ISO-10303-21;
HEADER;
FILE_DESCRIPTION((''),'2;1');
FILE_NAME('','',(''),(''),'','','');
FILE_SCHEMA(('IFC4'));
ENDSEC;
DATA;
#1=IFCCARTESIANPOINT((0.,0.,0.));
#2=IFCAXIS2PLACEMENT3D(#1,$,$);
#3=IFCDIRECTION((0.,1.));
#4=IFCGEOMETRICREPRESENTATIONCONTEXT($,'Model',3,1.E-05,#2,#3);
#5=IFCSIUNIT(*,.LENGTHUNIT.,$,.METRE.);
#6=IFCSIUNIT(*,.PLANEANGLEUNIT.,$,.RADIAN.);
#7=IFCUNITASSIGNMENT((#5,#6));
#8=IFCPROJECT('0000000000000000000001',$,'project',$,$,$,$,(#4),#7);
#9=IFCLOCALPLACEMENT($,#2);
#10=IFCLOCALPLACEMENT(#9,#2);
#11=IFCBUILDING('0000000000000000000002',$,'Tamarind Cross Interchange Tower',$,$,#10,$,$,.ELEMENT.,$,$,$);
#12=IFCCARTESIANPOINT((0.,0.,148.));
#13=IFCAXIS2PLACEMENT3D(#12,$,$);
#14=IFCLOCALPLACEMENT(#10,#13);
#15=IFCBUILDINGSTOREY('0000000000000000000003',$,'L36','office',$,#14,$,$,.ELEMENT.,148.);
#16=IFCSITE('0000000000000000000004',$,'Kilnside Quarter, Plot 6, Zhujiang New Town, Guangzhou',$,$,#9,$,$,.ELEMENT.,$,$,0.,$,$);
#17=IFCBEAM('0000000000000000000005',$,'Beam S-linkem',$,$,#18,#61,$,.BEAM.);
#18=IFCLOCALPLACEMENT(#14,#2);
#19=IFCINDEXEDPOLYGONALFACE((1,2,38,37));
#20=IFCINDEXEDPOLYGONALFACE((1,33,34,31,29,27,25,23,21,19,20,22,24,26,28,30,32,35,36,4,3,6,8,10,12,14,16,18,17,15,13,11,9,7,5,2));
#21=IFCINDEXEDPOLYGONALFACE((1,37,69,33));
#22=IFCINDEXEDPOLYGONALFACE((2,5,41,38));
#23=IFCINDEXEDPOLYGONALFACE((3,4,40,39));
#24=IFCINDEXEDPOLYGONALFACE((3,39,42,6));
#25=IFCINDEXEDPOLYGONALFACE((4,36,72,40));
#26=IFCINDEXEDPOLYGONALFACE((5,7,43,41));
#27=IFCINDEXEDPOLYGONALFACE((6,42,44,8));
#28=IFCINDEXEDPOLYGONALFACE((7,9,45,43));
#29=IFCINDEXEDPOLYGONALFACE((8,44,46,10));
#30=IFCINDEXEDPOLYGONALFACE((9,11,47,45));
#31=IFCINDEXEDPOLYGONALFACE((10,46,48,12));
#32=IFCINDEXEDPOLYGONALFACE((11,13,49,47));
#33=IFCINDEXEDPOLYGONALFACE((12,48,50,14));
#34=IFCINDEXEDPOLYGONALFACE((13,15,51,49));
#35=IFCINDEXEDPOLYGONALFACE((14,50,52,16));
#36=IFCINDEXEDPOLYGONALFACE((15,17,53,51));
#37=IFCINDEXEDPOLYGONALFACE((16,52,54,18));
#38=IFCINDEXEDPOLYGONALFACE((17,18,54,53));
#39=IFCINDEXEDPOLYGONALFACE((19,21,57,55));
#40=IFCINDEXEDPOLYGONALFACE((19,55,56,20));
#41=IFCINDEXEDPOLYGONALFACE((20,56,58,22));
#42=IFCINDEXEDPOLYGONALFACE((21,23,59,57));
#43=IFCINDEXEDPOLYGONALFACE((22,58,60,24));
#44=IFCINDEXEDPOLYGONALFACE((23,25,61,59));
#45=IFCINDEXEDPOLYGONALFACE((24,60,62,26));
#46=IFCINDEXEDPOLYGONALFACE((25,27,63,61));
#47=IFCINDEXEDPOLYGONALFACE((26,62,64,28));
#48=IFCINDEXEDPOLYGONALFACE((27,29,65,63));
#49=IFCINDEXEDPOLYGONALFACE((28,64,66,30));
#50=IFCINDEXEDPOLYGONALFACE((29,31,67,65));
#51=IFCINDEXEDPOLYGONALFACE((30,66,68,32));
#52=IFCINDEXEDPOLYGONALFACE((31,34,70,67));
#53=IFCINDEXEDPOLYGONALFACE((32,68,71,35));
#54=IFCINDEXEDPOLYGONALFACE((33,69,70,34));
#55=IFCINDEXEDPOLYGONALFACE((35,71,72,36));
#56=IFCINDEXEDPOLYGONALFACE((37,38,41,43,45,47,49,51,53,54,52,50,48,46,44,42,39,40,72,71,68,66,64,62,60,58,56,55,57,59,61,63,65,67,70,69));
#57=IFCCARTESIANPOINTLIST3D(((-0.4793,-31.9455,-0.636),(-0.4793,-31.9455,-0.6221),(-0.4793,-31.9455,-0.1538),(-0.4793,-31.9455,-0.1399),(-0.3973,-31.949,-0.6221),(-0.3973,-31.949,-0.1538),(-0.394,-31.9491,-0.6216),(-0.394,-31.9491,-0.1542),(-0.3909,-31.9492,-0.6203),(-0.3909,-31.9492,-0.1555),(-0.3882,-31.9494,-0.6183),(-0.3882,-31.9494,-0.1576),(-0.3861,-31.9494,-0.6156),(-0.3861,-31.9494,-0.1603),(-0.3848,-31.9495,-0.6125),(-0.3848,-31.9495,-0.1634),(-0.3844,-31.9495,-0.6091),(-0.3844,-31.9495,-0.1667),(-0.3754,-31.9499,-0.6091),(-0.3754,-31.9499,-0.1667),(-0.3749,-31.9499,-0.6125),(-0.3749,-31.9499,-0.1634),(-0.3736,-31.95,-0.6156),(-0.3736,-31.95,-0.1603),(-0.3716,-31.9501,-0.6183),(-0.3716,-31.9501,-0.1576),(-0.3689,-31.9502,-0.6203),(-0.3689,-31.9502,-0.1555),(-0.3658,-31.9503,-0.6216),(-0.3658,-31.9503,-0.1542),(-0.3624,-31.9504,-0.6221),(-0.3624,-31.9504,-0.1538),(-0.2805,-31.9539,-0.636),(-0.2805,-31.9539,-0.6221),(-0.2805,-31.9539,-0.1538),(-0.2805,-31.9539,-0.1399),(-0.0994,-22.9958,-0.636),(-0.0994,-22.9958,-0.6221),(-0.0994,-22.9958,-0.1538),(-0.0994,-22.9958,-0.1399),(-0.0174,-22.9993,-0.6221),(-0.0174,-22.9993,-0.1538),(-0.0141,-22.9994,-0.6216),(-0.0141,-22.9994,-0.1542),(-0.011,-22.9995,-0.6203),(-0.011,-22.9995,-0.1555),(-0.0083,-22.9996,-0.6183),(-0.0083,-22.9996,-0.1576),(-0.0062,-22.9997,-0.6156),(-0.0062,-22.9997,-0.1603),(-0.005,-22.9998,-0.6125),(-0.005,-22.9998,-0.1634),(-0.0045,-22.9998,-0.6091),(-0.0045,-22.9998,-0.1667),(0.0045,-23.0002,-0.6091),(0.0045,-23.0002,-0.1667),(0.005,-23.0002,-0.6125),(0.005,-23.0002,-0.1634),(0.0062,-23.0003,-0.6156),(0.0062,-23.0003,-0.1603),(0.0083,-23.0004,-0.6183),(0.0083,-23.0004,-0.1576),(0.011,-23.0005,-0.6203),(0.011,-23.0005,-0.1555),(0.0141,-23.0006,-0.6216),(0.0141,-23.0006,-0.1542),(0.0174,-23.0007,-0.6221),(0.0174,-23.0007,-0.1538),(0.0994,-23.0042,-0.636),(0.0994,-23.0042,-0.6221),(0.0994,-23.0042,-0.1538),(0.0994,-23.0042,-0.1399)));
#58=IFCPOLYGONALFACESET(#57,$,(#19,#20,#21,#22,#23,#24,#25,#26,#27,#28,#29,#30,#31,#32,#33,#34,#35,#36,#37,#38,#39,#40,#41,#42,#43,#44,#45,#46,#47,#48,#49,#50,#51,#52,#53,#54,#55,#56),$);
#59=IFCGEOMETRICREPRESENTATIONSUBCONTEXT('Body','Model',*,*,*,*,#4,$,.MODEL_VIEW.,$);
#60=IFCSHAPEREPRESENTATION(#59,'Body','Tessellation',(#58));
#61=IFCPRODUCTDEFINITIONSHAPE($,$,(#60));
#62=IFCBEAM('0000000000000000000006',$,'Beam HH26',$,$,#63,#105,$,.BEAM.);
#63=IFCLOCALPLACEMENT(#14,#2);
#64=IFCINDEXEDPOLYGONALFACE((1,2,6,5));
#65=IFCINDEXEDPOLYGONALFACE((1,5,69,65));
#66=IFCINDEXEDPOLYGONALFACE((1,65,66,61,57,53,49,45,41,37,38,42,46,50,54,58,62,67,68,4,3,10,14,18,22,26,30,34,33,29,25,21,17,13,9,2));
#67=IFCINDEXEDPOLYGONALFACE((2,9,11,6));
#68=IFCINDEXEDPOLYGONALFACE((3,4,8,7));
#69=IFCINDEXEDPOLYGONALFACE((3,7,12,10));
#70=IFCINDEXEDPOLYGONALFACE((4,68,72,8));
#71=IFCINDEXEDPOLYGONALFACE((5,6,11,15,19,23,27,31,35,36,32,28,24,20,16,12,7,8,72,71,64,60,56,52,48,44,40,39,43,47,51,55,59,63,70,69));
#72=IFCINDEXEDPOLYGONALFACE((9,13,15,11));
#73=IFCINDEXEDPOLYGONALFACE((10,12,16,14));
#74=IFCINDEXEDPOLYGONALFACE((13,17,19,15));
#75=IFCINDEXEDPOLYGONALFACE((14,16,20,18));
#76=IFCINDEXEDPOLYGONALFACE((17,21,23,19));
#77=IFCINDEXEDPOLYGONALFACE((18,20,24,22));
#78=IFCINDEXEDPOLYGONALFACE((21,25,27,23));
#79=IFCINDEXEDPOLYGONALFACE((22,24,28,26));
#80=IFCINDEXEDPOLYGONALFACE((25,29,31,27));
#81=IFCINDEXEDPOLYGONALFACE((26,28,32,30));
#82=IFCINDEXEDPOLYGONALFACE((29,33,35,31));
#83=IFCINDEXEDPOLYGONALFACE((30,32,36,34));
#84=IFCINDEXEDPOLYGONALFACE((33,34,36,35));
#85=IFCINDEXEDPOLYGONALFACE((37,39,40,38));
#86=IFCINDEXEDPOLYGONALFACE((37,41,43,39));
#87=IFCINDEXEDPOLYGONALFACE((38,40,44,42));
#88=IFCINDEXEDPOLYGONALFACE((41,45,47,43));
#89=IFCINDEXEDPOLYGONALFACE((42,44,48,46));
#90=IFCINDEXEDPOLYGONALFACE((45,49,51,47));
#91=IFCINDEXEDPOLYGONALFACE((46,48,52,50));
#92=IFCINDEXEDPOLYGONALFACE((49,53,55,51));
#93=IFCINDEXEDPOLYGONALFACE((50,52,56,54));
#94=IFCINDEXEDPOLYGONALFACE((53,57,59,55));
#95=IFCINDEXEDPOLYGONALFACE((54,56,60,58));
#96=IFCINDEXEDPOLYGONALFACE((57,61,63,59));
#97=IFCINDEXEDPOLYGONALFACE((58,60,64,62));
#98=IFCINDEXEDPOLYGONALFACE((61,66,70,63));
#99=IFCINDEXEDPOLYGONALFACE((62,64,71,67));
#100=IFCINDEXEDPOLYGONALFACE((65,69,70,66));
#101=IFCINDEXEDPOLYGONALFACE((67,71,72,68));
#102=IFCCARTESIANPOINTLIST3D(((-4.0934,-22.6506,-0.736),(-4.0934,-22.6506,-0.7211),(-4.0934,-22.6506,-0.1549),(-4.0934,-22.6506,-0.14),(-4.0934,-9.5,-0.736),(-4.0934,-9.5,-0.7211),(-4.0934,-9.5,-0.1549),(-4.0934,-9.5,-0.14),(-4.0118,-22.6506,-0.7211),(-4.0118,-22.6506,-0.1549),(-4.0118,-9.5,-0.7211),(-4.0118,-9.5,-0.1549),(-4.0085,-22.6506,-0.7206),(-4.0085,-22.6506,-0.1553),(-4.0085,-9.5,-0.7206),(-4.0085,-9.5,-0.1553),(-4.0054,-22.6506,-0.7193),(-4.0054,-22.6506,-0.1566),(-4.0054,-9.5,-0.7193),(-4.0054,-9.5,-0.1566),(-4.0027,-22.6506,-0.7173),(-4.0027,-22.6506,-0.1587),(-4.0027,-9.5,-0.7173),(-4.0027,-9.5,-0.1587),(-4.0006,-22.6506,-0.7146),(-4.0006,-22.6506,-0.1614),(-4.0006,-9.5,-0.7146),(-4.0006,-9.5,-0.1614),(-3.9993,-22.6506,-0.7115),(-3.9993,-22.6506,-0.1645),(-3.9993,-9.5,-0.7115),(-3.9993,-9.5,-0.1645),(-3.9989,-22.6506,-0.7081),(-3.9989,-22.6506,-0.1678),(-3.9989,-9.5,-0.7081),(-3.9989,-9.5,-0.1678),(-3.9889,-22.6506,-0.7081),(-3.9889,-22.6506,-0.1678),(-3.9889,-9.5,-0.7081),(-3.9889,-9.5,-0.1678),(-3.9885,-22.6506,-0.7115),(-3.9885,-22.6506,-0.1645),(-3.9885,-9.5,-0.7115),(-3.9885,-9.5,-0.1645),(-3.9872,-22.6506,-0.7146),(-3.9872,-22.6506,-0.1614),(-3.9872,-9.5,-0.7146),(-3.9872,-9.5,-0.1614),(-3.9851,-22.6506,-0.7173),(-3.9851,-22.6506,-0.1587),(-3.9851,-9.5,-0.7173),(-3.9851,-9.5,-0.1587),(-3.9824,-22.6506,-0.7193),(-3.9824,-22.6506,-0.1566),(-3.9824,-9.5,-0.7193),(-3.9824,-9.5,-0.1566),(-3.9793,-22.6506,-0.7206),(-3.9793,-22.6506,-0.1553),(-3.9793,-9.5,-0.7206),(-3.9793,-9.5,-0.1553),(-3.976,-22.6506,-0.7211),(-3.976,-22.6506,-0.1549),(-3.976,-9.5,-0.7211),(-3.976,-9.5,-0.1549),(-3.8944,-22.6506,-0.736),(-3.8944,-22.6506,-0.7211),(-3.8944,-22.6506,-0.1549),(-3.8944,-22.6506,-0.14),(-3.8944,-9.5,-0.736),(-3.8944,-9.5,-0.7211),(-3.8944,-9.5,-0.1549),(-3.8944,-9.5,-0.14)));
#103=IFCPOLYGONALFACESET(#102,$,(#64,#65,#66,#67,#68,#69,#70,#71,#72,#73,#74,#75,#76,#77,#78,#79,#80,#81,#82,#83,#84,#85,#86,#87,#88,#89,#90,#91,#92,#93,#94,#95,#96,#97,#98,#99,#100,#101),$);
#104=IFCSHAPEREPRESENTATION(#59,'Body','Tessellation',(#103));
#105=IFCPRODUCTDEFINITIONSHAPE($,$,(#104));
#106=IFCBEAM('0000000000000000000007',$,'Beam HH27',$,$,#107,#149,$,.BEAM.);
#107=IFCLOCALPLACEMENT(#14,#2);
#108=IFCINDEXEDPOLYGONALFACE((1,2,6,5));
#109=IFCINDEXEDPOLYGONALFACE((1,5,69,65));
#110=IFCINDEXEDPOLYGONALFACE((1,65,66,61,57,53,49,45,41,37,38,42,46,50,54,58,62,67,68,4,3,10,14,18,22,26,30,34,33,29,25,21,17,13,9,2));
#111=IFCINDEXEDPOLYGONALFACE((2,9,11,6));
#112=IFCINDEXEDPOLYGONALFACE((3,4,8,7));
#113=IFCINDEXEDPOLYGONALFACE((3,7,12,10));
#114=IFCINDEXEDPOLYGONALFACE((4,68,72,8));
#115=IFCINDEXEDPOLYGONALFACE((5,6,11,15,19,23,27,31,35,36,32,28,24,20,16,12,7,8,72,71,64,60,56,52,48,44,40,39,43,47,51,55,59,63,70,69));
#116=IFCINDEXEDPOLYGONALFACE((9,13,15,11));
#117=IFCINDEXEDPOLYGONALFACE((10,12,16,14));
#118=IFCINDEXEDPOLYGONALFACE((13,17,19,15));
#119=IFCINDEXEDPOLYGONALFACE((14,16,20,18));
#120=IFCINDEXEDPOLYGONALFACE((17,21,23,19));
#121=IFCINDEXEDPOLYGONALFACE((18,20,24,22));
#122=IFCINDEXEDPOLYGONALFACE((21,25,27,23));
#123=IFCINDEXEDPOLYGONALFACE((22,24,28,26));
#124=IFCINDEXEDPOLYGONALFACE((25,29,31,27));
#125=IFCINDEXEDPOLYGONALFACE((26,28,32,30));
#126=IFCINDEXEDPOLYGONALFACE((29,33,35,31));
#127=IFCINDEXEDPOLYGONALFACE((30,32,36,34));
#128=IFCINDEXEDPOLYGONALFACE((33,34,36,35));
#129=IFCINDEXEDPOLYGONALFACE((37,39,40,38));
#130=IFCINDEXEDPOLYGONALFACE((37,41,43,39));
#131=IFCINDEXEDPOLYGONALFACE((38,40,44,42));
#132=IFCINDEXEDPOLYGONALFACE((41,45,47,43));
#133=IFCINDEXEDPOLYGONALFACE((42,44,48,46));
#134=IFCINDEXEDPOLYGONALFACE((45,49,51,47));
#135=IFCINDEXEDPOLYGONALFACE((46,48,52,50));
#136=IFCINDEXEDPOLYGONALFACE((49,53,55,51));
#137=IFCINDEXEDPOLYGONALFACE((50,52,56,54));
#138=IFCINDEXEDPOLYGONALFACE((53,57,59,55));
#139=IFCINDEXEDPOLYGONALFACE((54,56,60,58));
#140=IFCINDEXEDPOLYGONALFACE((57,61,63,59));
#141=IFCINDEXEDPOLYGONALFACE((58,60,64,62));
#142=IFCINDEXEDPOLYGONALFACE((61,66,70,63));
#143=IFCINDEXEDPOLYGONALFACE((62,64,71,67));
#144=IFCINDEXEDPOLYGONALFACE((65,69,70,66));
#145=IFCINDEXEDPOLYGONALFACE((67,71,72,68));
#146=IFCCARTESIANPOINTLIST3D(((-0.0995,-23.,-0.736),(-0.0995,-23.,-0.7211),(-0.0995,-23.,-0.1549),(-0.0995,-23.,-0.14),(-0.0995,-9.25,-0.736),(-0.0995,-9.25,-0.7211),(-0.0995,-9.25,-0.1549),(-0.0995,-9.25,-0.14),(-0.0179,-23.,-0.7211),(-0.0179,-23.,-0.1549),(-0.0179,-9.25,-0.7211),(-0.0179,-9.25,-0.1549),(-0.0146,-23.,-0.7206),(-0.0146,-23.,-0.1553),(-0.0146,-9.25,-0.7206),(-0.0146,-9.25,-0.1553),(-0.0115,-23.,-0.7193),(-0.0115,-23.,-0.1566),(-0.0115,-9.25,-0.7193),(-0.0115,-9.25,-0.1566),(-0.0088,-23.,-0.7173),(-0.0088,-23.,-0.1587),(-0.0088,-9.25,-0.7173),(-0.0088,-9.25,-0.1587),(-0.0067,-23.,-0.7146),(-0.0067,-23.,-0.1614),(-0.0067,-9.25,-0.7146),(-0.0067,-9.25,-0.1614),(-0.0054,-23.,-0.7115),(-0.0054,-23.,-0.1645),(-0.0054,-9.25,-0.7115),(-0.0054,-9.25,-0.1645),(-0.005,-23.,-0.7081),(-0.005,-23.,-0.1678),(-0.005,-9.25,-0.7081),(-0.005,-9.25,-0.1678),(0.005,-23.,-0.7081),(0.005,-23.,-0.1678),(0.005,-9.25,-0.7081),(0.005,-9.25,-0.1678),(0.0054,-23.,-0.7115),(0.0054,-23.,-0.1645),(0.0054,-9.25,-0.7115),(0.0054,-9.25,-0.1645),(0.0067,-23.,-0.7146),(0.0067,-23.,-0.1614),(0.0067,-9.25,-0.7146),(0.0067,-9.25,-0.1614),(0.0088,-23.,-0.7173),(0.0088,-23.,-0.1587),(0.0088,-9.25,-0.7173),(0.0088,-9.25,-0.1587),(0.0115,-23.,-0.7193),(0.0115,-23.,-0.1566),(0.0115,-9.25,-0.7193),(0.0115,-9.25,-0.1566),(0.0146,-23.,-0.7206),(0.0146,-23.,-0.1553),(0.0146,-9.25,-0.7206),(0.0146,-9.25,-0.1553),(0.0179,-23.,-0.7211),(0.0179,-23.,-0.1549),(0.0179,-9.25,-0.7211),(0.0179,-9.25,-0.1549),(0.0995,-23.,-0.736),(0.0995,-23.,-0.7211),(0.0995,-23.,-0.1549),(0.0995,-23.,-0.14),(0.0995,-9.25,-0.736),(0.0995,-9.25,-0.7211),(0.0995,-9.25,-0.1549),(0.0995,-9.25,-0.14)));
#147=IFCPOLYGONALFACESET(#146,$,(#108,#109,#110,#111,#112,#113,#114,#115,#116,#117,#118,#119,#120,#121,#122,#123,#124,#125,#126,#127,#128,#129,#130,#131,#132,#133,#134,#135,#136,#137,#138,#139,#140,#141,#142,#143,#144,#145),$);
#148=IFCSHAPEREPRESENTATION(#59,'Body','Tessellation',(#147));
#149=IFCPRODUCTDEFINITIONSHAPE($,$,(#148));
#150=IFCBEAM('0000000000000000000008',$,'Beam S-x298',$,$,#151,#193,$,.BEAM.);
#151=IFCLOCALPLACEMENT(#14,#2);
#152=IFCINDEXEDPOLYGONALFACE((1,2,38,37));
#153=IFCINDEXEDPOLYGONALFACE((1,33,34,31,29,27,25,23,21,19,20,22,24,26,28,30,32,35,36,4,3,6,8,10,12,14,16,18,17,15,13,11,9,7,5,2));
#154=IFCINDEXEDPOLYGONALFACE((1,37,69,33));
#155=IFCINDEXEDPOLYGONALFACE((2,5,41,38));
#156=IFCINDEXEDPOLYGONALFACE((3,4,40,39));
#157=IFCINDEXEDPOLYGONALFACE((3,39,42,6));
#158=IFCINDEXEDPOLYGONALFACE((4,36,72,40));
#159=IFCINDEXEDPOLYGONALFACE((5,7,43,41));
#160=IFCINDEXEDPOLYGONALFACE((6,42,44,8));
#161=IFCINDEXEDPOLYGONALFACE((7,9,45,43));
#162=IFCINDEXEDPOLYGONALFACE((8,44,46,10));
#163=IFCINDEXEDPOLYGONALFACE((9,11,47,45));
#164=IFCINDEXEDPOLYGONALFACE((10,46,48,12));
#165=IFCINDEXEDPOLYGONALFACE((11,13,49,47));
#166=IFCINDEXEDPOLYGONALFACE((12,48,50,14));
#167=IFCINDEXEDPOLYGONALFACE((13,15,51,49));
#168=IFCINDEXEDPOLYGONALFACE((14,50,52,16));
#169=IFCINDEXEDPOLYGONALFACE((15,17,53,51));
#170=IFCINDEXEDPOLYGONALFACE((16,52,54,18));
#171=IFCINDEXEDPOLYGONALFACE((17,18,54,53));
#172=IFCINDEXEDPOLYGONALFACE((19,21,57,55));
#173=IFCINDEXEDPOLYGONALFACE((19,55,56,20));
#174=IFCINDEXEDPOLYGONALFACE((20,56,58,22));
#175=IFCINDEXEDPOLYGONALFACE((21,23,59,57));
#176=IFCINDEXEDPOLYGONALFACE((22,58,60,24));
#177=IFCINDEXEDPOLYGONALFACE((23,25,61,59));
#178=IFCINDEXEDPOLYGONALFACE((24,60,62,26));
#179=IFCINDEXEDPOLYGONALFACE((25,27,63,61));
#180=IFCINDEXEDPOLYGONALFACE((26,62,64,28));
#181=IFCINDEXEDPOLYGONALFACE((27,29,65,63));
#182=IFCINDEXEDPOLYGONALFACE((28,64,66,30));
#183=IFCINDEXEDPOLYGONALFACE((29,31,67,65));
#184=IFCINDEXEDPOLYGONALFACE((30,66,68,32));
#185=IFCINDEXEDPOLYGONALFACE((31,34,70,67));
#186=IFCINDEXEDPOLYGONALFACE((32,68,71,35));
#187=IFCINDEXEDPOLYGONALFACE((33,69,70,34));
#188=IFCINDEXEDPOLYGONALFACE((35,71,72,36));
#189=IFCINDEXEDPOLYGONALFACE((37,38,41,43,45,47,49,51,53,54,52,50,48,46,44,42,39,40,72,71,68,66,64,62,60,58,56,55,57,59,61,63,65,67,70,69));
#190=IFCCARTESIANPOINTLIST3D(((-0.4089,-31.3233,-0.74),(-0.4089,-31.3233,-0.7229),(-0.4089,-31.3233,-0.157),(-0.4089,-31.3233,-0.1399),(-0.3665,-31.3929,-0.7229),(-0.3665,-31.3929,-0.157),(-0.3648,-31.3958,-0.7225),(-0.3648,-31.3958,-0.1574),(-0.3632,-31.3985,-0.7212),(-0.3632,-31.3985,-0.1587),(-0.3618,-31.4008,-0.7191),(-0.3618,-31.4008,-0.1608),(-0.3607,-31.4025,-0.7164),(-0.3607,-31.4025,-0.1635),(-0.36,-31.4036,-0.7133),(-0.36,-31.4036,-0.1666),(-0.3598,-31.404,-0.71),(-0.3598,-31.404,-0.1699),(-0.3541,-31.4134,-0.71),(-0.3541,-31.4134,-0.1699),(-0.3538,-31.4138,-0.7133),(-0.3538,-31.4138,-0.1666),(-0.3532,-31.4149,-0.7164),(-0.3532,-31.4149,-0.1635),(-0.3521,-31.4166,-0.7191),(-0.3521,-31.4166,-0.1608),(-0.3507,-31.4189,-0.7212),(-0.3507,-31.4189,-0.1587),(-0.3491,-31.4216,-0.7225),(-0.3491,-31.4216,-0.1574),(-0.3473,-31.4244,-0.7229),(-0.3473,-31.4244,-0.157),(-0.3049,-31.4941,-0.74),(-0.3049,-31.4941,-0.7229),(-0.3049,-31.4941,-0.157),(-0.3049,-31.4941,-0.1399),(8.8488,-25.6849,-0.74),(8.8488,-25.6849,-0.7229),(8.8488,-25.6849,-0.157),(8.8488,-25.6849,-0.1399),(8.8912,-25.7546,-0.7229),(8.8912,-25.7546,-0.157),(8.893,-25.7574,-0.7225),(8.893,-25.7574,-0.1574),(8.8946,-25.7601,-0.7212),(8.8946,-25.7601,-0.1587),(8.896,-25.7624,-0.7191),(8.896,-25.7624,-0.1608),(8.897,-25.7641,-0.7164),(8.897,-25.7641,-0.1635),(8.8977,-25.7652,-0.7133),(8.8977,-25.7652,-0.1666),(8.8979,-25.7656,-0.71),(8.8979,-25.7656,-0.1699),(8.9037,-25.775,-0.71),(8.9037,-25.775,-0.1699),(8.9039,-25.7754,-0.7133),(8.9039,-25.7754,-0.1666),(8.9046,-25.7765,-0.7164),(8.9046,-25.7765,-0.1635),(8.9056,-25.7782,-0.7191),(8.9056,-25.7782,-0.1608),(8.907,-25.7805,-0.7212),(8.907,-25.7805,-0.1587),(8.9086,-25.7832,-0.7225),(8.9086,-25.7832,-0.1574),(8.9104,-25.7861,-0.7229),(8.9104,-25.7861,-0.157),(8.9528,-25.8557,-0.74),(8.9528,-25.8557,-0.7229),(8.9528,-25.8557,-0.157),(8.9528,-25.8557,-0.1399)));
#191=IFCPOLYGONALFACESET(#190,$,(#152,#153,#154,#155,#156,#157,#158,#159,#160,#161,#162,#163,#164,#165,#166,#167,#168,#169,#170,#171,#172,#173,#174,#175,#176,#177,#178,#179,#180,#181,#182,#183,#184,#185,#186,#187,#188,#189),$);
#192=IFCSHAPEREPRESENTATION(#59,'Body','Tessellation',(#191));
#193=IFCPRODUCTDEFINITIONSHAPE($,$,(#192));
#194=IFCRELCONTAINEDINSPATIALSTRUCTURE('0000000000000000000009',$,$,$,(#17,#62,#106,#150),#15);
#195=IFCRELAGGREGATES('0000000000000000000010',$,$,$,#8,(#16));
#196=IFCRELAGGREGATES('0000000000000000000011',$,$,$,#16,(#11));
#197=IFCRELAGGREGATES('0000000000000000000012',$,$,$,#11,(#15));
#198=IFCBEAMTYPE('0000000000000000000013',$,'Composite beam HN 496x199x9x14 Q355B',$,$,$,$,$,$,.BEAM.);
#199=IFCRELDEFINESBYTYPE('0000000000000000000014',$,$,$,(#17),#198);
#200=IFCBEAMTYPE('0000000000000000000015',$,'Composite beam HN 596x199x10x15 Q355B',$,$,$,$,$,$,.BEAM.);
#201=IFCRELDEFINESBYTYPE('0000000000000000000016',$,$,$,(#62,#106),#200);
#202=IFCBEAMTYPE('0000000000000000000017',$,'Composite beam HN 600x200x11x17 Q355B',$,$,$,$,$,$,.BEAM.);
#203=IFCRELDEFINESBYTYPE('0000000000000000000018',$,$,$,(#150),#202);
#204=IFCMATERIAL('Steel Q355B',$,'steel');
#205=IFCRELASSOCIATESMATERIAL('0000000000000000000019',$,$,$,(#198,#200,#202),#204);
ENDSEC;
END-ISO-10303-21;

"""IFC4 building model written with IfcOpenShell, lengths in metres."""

from ifc_helpers import new_model, si_unit, direction, frame, origin, origin_2d, place, context, subcontext, project, spatial, i_section, extrude, material, material_profile, profile_set, type_object, element, save


model = new_model("IFC4")

# Units and contexts
model_context = context("Model", 3, precision=1e-05, world=origin(), true_north=direction((0.0, 1.0)))
body_context = subcontext(model_context, "Body", "Model", "MODEL_VIEW")
ifc_project = project(units=[si_unit("LENGTHUNIT", "METRE"), si_unit("PLANEANGLEUNIT", "RADIAN")], contexts=[model_context])

# Site, building, storey
site_placement = place(None, origin())
site = spatial("IfcSite", under=ifc_project, at=site_placement, Name="Kilnside Quarter, Plot 6, Zhujiang New Town, Guangzhou", CompositionType="ELEMENT", RefElevation=0.0)
building_placement = place(site_placement, origin())
building = spatial("IfcBuilding", under=site, at=building_placement, Name="Tamarind Cross Interchange Tower", CompositionType="ELEMENT")
storey_placement = place(building_placement, frame((0.0, 0.0, 148.0)))
storey = spatial("IfcBuildingStorey", under=building, at=storey_placement, Name="L36", Description="office", CompositionType="ELEMENT", Elevation=148.0)

# Beams
ifc_material_1 = material(Name="Steel Q355B", Category="steel")
ifc_material_profile_1 = material_profile(ifc_material_1, i_section(OverallWidth=0.199, OverallDepth=0.4961, WebThickness=0.009, FlangeThickness=0.0139, FilletRadius=0.0129, at=origin_2d()), Name="HN 496x199x9x14")
ifc_profile_set_1 = profile_set([ifc_material_profile_1], Name="Steel Q355B")
beam_type_1 = type_object("IfcBeamType", Name="Composite beam HN 496x199x9x14 Q355B", PredefinedType="BEAM", material=ifc_profile_set_1)
beam_1_placement = place(storey_placement, frame((-0.3799, -31.9497, -0.3879), z_axis=(0.042408, 0.9991, 0.0), x_axis=(-0.9991, 0.042408, 0.0)))
element("IfcBeam", 1, at=beam_1_placement, inside=storey, type_object=beam_type_1, Name="Beam S-linkem", PredefinedType="BEAM", context=body_context, shape_type="SweptSolid", body=[
    extrude(i_section(OverallWidth=0.199, OverallDepth=0.4961, WebThickness=0.009, FlangeThickness=0.0139, FilletRadius=0.0129, at=origin_2d()), origin(), (0.0, 0.0, 1.0), 8.9578),
])
ifc_material_profile_2 = material_profile(ifc_material_1, i_section(OverallWidth=0.199, OverallDepth=0.5959, WebThickness=0.01, FlangeThickness=0.0149, FilletRadius=0.0129, at=origin_2d()), Name="HN 596x199x10x15")
ifc_profile_set_2 = profile_set([ifc_material_profile_2], Name="Steel Q355B")
beam_type_2 = type_object("IfcBeamType", Name="Composite beam HN 596x199x10x15 Q355B", PredefinedType="BEAM", material=ifc_profile_set_2)
beam_2_placement = place(storey_placement, frame((-3.9939, -22.6506, -0.438), z_axis=(0.0, 1.0, 0.0), x_axis=(-1.0, 0.0, 0.0)))
element("IfcBeam", 2, at=beam_2_placement, inside=storey, type_object=beam_type_2, Name="Beam HH26", PredefinedType="BEAM", context=body_context, shape_type="SweptSolid", body=[
    extrude(i_section(OverallWidth=0.199, OverallDepth=0.5959, WebThickness=0.01, FlangeThickness=0.0149, FilletRadius=0.0129, at=origin_2d()), origin(), (0.0, 0.0, 1.0), 13.1506),
])
beam_3_placement = place(storey_placement, frame((0.0, -23.0, -0.438), z_axis=(0.0, 1.0, 0.0), x_axis=(-1.0, 0.0, 0.0)))
element("IfcBeam", 3, at=beam_3_placement, inside=storey, type_object=beam_type_2, Name="Beam HH27", PredefinedType="BEAM", context=body_context, shape_type="SweptSolid", body=[
    extrude(i_section(OverallWidth=0.199, OverallDepth=0.5959, WebThickness=0.01, FlangeThickness=0.0149, FilletRadius=0.0129, at=origin_2d()), origin(), (0.0, 0.0, 1.0), 13.75),
])
ifc_material_profile_3 = material_profile(ifc_material_1, i_section(OverallWidth=0.2, OverallDepth=0.6001, WebThickness=0.011, FlangeThickness=0.0171, FilletRadius=0.0129, at=origin_2d()), Name="HN 600x200x11x17")
ifc_profile_set_3 = profile_set([ifc_material_profile_3], Name="Steel Q355B")
beam_type_3 = type_object("IfcBeamType", Name="Composite beam HN 600x200x11x17 Q355B", PredefinedType="BEAM", material=ifc_profile_set_3)
beam_4_placement = place(storey_placement, frame((-0.3569, -31.4087, -0.4399), z_axis=(0.854066, 0.520165, 0.0), x_axis=(-0.520165, 0.854066, 0.0)))
element("IfcBeam", 4, at=beam_4_placement, inside=storey, type_object=beam_type_3, Name="Beam S-x298", PredefinedType="BEAM", context=body_context, shape_type="SweptSolid", body=[
    extrude(i_section(OverallWidth=0.2, OverallDepth=0.6001, WebThickness=0.011, FlangeThickness=0.0171, FilletRadius=0.0129, at=origin_2d()), origin(), (0.0, 0.0, 1.0), 10.8396),
])

save(model, "model.ifc")
